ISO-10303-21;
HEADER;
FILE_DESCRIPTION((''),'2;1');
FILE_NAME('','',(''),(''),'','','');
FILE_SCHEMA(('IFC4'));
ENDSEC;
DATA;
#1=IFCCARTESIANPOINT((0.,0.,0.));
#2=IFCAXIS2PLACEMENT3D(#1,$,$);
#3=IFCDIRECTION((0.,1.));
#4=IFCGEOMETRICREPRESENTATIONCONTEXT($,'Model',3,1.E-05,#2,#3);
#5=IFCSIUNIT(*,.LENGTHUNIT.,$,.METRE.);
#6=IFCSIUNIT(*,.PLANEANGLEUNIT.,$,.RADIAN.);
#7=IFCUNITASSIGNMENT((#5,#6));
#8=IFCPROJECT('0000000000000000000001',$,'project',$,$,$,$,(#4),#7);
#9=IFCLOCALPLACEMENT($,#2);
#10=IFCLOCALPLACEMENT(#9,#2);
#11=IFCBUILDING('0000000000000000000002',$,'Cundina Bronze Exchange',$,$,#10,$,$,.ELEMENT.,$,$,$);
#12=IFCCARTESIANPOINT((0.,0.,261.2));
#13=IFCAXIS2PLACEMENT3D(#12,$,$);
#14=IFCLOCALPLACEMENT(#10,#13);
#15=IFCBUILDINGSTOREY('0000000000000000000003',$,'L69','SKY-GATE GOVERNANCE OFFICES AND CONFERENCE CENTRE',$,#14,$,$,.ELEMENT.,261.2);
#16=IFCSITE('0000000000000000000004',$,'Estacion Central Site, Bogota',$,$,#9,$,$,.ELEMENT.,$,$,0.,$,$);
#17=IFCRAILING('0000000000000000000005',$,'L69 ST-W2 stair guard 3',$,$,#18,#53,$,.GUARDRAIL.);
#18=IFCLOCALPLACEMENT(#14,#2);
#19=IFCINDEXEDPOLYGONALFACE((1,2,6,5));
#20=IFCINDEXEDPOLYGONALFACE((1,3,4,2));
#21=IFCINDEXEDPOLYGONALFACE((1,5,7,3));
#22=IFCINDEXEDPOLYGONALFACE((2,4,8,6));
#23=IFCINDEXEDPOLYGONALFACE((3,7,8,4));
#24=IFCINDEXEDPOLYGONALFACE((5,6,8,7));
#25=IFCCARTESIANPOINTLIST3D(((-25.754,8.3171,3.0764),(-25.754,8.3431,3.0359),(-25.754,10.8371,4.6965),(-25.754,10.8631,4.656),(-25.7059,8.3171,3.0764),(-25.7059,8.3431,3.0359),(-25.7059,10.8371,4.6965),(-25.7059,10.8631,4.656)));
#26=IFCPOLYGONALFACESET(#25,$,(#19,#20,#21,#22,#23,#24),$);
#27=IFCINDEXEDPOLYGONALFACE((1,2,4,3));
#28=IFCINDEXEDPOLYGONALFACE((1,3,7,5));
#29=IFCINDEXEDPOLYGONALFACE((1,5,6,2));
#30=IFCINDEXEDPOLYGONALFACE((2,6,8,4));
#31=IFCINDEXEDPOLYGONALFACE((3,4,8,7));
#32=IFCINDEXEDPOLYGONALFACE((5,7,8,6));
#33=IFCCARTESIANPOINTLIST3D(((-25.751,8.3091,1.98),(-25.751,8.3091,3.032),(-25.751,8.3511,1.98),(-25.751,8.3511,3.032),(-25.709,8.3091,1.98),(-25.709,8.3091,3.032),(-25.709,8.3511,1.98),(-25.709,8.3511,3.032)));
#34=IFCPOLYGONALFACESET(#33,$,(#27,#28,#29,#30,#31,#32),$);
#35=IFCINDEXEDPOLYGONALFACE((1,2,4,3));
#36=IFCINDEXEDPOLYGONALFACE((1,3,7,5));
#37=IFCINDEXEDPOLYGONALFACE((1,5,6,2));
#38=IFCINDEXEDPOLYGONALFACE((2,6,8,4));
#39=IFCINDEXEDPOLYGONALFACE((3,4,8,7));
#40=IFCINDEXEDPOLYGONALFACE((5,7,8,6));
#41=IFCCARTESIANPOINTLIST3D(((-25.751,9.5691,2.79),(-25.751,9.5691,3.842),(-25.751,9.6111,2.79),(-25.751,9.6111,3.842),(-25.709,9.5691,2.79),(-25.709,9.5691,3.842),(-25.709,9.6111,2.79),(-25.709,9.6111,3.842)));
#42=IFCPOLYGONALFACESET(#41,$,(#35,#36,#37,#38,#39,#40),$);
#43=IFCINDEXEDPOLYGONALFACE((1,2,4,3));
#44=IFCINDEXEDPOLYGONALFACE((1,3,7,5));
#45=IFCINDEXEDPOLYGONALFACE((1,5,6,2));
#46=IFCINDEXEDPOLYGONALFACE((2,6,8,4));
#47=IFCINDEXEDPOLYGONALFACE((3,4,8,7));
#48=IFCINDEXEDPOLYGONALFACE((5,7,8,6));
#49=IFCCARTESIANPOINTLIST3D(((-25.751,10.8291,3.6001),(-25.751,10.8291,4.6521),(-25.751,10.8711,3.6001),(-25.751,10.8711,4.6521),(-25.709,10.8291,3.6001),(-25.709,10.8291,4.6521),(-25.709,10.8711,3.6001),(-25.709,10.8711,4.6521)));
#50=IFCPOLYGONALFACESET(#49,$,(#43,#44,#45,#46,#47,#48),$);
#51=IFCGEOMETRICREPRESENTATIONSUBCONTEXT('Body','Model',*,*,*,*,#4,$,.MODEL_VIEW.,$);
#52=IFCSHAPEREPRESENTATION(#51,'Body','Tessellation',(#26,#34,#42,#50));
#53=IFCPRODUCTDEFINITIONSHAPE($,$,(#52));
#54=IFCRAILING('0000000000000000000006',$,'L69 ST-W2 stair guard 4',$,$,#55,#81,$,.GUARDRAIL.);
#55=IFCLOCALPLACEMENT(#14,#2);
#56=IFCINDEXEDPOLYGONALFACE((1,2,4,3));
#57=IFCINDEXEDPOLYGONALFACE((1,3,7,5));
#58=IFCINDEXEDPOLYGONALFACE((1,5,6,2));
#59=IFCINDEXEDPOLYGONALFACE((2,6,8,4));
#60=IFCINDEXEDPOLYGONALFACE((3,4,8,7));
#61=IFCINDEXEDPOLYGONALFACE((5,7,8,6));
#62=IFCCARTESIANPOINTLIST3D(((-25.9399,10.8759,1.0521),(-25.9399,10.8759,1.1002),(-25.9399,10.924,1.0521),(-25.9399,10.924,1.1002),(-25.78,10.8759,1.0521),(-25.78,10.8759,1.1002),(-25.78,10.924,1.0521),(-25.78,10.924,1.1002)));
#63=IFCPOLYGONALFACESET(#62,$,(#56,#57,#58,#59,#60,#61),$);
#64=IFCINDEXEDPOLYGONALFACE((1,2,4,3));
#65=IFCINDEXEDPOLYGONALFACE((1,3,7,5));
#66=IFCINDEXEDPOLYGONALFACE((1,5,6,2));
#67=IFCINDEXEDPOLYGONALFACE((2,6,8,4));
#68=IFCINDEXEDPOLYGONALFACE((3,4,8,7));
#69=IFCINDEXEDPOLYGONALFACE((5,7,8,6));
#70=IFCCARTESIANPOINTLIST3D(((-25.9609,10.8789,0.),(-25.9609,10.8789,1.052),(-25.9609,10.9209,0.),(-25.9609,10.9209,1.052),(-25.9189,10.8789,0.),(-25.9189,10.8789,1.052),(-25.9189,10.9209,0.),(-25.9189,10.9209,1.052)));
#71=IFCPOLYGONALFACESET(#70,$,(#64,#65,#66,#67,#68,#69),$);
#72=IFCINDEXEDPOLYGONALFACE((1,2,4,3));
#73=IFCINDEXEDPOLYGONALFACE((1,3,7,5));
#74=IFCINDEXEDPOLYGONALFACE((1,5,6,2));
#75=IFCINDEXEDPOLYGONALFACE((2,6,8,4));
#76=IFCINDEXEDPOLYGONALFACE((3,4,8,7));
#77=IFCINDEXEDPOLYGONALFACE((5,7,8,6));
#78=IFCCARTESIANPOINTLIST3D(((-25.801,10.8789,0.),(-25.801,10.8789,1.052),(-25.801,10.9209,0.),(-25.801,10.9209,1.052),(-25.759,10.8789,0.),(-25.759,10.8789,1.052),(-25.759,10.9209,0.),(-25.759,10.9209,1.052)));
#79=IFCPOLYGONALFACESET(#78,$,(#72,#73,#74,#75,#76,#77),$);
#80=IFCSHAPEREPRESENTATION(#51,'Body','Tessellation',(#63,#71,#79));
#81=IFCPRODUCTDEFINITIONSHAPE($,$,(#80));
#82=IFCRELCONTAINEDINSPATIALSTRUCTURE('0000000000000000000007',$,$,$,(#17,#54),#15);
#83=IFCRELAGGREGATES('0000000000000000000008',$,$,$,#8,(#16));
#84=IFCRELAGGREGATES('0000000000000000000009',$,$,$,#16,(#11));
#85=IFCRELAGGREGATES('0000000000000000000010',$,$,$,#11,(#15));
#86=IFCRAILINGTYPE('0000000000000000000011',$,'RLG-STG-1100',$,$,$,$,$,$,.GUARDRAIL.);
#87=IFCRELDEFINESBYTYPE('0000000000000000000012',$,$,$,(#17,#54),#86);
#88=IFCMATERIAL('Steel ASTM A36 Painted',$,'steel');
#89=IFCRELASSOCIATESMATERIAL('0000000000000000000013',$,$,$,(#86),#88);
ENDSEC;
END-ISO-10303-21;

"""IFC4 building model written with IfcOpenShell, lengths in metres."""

from ifc_helpers import new_model, si_unit, direction, frame, origin, origin_2d, place, context, subcontext, project, spatial, rectangle, extrude, material, type_object, element, save


model = new_model("IFC4")

# Units and contexts
model_context = context("Model", 3, precision=1e-05, world=origin(), true_north=direction((0.0, 1.0)))
body_context = subcontext(model_context, "Body", "Model", "MODEL_VIEW")
ifc_project = project(units=[si_unit("LENGTHUNIT", "METRE"), si_unit("PLANEANGLEUNIT", "RADIAN")], contexts=[model_context])

# Site, building, storey
site_placement = place(None, origin())
site = spatial("IfcSite", under=ifc_project, at=site_placement, Name="Estacion Central Site, Bogota", CompositionType="ELEMENT", RefElevation=0.0)
building_placement = place(site_placement, origin())
building = spatial("IfcBuilding", under=site, at=building_placement, Name="Cundina Bronze Exchange", CompositionType="ELEMENT")
storey_placement = place(building_placement, frame((0.0, 0.0, 261.2)))
storey = spatial("IfcBuildingStorey", under=building, at=storey_placement, Name="L69", Description="SKY-GATE GOVERNANCE OFFICES AND CONFERENCE CENTRE", CompositionType="ELEMENT", Elevation=261.2)

# Shared definitions
ifc_material_1 = material(Name="Steel ASTM A36 Painted", Category="steel")

# Railings
railing_type_1 = type_object("IfcRailingType", Name="RLG-STG-1100", PredefinedType="GUARDRAIL", material=ifc_material_1)
railing_1_placement = place(storey_placement, frame((-25.73, 8.3301, 1.98)))
element("IfcRailing", 1, at=railing_1_placement, inside=storey, type_object=railing_type_1, Name="L69 ST-W2 stair guard 3", PredefinedType="GUARDRAIL", context=body_context, shape_type="SweptSolid", body=[
    extrude(rectangle(XDim=0.0481, YDim=0.0481, at=origin_2d()), frame((0.0, 0.0, 1.0762), z_axis=(0.0, 0.841163, 0.540782), x_axis=(-1.0, 0.0, 0.0)), (0.0, 0.0, 1.0), 2.9958),
    extrude(rectangle(XDim=0.042, YDim=0.042, at=origin_2d()), origin(), (0.0, 0.0, 1.0), 1.052),
    extrude(rectangle(XDim=0.042, YDim=0.042, at=origin_2d()), frame((0.0, 1.26, 0.8101)), (0.0, 0.0, 1.0), 1.052),
    extrude(rectangle(XDim=0.042, YDim=0.042, at=origin_2d()), frame((0.0, 2.52, 1.6201)), (0.0, 0.0, 1.0), 1.052),
])
railing_2_placement = place(storey_placement, frame((-25.9399, 10.8999, 0.0)))
element("IfcRailing", 2, at=railing_2_placement, inside=storey, type_object=railing_type_1, Name="L69 ST-W2 stair guard 4", PredefinedType="GUARDRAIL", context=body_context, shape_type="SweptSolid", body=[
    extrude(rectangle(XDim=0.0481, YDim=0.0481, at=origin_2d()), frame((0.0, 0.0, 1.0762), z_axis=(1.0, 0.0, 0.0), x_axis=(0.0, 1.0, 0.0)), (0.0, 0.0, 1.0), 0.1599),
    extrude(rectangle(XDim=0.042, YDim=0.042, at=origin_2d()), origin(), (0.0, 0.0, 1.0), 1.052),
    extrude(rectangle(XDim=0.042, YDim=0.042, at=origin_2d()), frame((0.1599, 0.0, 0.0)), (0.0, 0.0, 1.0), 1.052),
])

save(model, "model.ifc")
